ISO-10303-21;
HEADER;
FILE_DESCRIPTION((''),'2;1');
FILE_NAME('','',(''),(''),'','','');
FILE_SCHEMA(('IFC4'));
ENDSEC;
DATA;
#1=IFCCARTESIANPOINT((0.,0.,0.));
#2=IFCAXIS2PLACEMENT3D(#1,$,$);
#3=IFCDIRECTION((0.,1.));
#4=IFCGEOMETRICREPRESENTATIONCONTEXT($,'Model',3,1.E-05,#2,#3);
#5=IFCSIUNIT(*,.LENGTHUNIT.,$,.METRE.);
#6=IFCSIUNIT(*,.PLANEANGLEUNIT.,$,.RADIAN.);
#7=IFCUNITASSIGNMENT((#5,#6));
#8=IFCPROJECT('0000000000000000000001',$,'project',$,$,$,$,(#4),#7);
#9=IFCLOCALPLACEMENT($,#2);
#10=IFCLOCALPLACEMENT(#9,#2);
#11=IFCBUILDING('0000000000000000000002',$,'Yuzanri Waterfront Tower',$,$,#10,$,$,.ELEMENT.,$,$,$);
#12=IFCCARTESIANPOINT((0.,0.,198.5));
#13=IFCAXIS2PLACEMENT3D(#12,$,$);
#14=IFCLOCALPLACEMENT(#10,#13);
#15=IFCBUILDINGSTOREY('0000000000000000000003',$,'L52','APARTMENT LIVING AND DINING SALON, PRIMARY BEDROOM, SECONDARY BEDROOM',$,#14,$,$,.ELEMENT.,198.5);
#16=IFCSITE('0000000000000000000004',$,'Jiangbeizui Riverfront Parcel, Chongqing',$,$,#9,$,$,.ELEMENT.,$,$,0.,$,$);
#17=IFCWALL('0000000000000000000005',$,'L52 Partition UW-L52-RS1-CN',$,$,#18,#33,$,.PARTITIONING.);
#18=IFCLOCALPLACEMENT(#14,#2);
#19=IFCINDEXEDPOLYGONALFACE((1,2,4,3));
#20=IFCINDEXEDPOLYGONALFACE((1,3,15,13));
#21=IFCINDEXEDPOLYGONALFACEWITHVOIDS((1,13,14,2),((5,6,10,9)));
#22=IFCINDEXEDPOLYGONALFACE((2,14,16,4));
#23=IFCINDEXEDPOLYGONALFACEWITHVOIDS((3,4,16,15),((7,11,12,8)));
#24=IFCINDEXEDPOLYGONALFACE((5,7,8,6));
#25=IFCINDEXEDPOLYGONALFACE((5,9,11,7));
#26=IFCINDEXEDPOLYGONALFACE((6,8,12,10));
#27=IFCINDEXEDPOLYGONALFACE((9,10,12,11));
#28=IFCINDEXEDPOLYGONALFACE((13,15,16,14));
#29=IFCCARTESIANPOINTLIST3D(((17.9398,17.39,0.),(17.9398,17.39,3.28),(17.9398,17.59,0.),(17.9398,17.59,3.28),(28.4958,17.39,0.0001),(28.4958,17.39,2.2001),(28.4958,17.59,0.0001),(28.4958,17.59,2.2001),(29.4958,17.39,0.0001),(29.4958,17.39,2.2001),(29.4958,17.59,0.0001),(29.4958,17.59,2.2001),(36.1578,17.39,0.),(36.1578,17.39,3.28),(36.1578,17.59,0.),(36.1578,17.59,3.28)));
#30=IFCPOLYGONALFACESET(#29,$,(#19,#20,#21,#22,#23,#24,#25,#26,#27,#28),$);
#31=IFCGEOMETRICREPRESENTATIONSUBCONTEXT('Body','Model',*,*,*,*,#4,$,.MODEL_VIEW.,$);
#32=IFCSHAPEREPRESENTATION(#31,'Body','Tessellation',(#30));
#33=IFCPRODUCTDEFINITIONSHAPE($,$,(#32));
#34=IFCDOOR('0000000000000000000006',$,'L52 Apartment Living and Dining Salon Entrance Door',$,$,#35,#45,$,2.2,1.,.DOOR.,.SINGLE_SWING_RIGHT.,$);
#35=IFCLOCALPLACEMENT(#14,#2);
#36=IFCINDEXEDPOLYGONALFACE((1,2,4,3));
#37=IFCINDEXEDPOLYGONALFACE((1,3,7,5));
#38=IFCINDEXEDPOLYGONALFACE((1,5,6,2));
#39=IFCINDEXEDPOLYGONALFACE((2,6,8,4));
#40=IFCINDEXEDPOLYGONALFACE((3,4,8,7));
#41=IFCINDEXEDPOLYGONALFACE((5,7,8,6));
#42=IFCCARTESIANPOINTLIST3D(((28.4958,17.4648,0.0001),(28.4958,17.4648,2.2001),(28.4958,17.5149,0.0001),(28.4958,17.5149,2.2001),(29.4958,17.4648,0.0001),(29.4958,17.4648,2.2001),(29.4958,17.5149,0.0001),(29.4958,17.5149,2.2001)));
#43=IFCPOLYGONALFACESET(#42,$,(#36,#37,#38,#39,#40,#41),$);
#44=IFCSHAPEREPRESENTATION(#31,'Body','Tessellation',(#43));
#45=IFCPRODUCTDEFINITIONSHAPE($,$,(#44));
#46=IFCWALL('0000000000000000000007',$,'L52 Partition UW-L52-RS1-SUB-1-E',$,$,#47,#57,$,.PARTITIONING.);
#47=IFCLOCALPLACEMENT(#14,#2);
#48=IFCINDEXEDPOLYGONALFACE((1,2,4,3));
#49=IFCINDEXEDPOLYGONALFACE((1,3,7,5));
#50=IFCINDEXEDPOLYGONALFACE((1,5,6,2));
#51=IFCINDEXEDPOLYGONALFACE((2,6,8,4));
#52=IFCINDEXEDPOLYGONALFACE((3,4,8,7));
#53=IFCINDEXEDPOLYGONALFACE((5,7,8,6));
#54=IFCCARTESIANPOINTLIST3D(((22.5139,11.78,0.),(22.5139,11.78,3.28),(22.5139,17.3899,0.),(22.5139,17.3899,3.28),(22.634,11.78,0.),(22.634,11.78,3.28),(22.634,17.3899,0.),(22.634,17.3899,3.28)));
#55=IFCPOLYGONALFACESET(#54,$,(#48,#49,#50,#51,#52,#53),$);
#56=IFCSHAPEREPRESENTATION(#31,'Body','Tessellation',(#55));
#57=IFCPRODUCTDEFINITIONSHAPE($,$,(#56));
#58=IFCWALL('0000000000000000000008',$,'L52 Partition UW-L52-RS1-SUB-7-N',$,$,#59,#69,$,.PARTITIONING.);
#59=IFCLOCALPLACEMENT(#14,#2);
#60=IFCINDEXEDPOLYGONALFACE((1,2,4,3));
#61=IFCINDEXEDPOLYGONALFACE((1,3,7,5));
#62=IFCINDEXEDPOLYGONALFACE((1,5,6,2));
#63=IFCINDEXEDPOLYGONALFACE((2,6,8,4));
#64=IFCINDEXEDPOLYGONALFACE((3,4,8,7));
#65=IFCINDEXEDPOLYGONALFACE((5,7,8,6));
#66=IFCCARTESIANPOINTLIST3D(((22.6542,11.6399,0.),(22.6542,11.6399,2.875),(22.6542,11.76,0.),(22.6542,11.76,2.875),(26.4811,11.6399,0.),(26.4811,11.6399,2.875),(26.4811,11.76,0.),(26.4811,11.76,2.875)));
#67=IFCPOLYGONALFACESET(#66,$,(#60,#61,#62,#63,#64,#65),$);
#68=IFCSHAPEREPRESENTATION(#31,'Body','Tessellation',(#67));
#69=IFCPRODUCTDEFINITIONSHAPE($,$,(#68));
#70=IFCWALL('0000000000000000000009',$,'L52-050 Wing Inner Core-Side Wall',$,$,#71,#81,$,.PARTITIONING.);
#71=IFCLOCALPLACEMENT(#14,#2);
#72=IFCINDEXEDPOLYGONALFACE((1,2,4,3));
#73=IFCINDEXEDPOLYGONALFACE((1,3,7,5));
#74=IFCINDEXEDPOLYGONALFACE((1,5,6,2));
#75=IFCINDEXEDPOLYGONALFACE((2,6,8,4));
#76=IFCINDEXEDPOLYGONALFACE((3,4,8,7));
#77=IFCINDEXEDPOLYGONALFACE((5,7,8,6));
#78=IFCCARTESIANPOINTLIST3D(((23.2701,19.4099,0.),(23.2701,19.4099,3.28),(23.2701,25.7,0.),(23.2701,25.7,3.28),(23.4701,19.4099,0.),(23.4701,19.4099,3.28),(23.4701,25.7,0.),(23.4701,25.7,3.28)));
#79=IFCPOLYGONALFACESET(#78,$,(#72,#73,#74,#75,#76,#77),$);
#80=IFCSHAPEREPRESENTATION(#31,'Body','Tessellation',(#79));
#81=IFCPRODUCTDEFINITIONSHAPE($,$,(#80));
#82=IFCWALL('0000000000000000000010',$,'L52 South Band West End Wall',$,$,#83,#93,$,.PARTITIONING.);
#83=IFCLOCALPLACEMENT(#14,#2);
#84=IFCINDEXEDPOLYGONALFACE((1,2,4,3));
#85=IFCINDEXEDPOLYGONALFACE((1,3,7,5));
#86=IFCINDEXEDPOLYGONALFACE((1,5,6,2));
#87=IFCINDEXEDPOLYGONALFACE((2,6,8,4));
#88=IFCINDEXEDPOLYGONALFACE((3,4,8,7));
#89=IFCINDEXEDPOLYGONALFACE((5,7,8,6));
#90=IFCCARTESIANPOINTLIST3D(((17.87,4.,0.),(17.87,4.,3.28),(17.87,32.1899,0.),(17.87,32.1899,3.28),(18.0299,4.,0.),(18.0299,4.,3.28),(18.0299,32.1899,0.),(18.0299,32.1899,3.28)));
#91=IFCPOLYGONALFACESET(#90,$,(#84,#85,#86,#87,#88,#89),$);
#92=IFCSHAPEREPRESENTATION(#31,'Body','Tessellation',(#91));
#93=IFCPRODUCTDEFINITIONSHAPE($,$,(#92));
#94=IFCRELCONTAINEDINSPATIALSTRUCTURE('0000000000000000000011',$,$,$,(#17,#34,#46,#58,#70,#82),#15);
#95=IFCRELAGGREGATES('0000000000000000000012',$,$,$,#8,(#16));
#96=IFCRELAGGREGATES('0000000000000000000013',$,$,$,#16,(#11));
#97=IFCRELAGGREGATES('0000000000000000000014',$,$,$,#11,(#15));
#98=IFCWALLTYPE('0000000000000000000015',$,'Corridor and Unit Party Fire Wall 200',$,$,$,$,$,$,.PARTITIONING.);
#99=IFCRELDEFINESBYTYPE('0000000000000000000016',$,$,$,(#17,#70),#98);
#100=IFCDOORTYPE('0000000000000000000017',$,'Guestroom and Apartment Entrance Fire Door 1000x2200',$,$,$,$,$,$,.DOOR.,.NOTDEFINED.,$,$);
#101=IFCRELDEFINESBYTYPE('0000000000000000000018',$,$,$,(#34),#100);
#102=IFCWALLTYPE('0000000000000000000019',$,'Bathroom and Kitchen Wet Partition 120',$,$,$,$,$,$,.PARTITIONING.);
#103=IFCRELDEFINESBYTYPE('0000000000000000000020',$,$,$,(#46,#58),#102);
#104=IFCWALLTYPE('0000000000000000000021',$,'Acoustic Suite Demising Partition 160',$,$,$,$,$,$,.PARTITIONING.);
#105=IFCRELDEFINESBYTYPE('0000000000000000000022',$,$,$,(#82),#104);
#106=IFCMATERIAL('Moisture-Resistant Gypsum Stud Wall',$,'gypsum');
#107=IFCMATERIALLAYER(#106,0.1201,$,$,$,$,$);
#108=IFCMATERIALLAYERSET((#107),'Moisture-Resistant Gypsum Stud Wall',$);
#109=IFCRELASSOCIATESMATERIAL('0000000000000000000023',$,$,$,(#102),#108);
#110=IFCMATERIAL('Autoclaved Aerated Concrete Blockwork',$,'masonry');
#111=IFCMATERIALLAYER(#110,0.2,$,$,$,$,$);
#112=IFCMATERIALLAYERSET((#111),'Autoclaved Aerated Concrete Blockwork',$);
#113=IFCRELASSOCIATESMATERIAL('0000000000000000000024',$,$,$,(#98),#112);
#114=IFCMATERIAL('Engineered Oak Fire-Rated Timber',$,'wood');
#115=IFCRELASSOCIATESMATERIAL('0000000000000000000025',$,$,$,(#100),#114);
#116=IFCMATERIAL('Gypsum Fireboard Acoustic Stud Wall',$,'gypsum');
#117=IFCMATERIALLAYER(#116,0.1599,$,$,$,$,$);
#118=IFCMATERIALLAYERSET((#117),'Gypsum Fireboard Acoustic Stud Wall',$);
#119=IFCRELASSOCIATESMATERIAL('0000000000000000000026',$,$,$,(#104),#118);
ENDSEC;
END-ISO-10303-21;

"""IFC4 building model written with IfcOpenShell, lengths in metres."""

from ifc_helpers import new_model, si_unit, direction, frame, frame_2d, origin, place, context, subcontext, project, spatial, rectangle, extrude, source, transform, mapped, material, layer, layer_set, type_object, element, fill, save


model = new_model("IFC4")

# Units and contexts
model_context = context("Model", 3, precision=1e-05, world=origin(), true_north=direction((0.0, 1.0)))
body_context = subcontext(model_context, "Body", "Model", "MODEL_VIEW")
ifc_project = project(units=[si_unit("LENGTHUNIT", "METRE"), si_unit("PLANEANGLEUNIT", "RADIAN")], contexts=[model_context])

# Site, building, storey
site_placement = place(None, origin())
site = spatial("IfcSite", under=ifc_project, at=site_placement, Name="Jiangbeizui Riverfront Parcel, Chongqing", CompositionType="ELEMENT", RefElevation=0.0)
building_placement = place(site_placement, origin())
building = spatial("IfcBuilding", under=site, at=building_placement, Name="Yuzanri Waterfront Tower", CompositionType="ELEMENT")
storey_placement = place(building_placement, frame((0.0, 0.0, 198.5)))
storey = spatial("IfcBuildingStorey", under=building, at=storey_placement, Name="L52", Description="APARTMENT LIVING AND DINING SALON, PRIMARY BEDROOM, SECONDARY BEDROOM", CompositionType="ELEMENT", Elevation=198.5)

# Shared definitions
ifc_material_1 = material(Name="Moisture-Resistant Gypsum Stud Wall", Category="gypsum")
ifc_layer_1 = layer(ifc_material_1, 0.1201)
ifc_layer_set_1 = layer_set([ifc_layer_1], Name="Moisture-Resistant Gypsum Stud Wall")
wall_type_1 = type_object("IfcWallType", Name="Bathroom and Kitchen Wet Partition 120", PredefinedType="PARTITIONING", material=ifc_layer_set_1)

# Wall, opening, door
ifc_material_2 = material(Name="Autoclaved Aerated Concrete Blockwork", Category="masonry")
ifc_layer_2 = layer(ifc_material_2, 0.2)
ifc_layer_set_2 = layer_set([ifc_layer_2], Name="Autoclaved Aerated Concrete Blockwork")
wall_type_2 = type_object("IfcWallType", Name="Corridor and Unit Party Fire Wall 200", PredefinedType="PARTITIONING", material=ifc_layer_set_2)
wall_1_placement = place(storey_placement, frame((17.9399, 17.49, 0.0), z_axis=(0.0, 0.0, 1.0), x_axis=(1.0, 0.0, 0.0)))
wall_1 = element("IfcWall", 1, at=wall_1_placement, inside=storey, type_object=wall_type_2, Name="L52 Partition UW-L52-RS1-CN", PredefinedType="PARTITIONING", context=body_context, shape_type="SweptSolid", body=[
    extrude(rectangle(XDim=18.218, YDim=0.2, at=frame_2d((9.1089, 0.0))), origin(), (0.0, 0.0, 1.0), 3.28),
])
opening_1_placement = place(wall_1_placement, frame((10.5559, 0.0, 0.0)))
opening_1 = element("IfcOpeningElement", 2, at=opening_1_placement, cuts=wall_1, PredefinedType="OPENING", context=body_context, shape_type="SweptSolid", body=[
    extrude(rectangle(XDim=1.0, YDim=2.2, at=frame_2d((0.5, 1.1001))), frame((0.0, 0.1147, 0.0), z_axis=(0.0, -1.0, 0.0), x_axis=(1.0, 0.0, 0.0)), (0.0, 0.0, 1.0), 0.2297),
])
ifc_material_3 = material(Name="Engineered Oak Fire-Rated Timber", Category="wood")
door_type_1 = type_object("IfcDoorType", Name="Guestroom and Apartment Entrance Fire Door 1000x2200", OperationType="NOTDEFINED", PredefinedType="DOOR", material=ifc_material_3)
shared_shape_1 = source(origin(), body_context, "Body", "SweptSolid", [
    extrude(rectangle(XDim=1.0, YDim=2.2, at=frame_2d((0.5, 1.1001))), frame((0.0, 0.0249, 0.0), z_axis=(0.0, -1.0, 0.0), x_axis=(1.0, 0.0, 0.0)), (0.0, 0.0, 1.0), 0.05),
])
door_1_placement = place(opening_1_placement, origin())
door_1 = element("IfcDoor", 3, at=door_1_placement, inside=storey, type_object=door_type_1, Name="L52 Apartment Living and Dining Salon Entrance Door", OperationType="SINGLE_SWING_RIGHT", OverallHeight=2.2, OverallWidth=1.0, PredefinedType="DOOR", context=body_context, shape_type="MappedRepresentation", body=[
    mapped(shared_shape_1, transform((0.0, 0.0, 0.0), scale=1.0)),
])
fill(opening_1, door_1)

# Walls
shared_shape_2 = source(origin(), body_context, "Body", "SweptSolid", [
    extrude(rectangle(XDim=5.6099, YDim=0.1201, at=frame_2d((2.8049, 0.0))), origin(), (0.0, 0.0, 1.0), 3.28),
])
wall_2_placement = place(storey_placement, frame((22.574, 11.78, 0.0), z_axis=(0.0, 0.0, 1.0), x_axis=(0.0, 1.0, 0.0)))
element("IfcWall", 4, at=wall_2_placement, inside=storey, type_object=wall_type_1, Name="L52 Partition UW-L52-RS1-SUB-1-E", PredefinedType="PARTITIONING", context=body_context, shape_type="MappedRepresentation", body=[
    mapped(shared_shape_2, transform((0.0, 0.0, 0.0), scale=1.0)),
])
shared_shape_3 = source(origin(), body_context, "Body", "SweptSolid", [
    extrude(rectangle(XDim=3.8269, YDim=0.1201, at=frame_2d((1.9136, 0.0))), origin(), (0.0, 0.0, 1.0), 2.875),
])
wall_3_placement = place(storey_placement, frame((22.6541, 11.7, 0.0), z_axis=(0.0, 0.0, 1.0), x_axis=(1.0, 0.0, 0.0)))
element("IfcWall", 5, at=wall_3_placement, inside=storey, type_object=wall_type_1, Name="L52 Partition UW-L52-RS1-SUB-7-N", PredefinedType="PARTITIONING", context=body_context, shape_type="MappedRepresentation", body=[
    mapped(shared_shape_3, transform((0.0, 0.0, 0.0), scale=1.0)),
])
shared_shape_4 = source(origin(), body_context, "Body", "SweptSolid", [
    extrude(rectangle(XDim=6.29, YDim=0.2, at=frame_2d((3.145, 0.0))), origin(), (0.0, 0.0, 1.0), 3.28),
])
wall_4_placement = place(storey_placement, frame((23.3701, 19.4099, 0.0), z_axis=(0.0, 0.0, 1.0), x_axis=(0.0, 1.0, 0.0)))
element("IfcWall", 6, at=wall_4_placement, inside=storey, type_object=wall_type_2, Name="L52-050 Wing Inner Core-Side Wall", PredefinedType="PARTITIONING", context=body_context, shape_type="MappedRepresentation", body=[
    mapped(shared_shape_4, transform((0.0, 0.0, 0.0), scale=1.0)),
])
ifc_material_4 = material(Name="Gypsum Fireboard Acoustic Stud Wall", Category="gypsum")
ifc_layer_3 = layer(ifc_material_4, 0.1599)
ifc_layer_set_3 = layer_set([ifc_layer_3], Name="Gypsum Fireboard Acoustic Stud Wall")
wall_type_3 = type_object("IfcWallType", Name="Acoustic Suite Demising Partition 160", PredefinedType="PARTITIONING", material=ifc_layer_set_3)
shared_shape_5 = source(origin(), body_context, "Body", "SweptSolid", [
    extrude(rectangle(XDim=28.1899, YDim=0.1599, at=frame_2d((14.095, 0.0))), origin(), (0.0, 0.0, 1.0), 3.28),
])
wall_5_placement = place(storey_placement, frame((17.95, 4.0, 0.0), z_axis=(0.0, 0.0, 1.0), x_axis=(0.0, 1.0, 0.0)))
element("IfcWall", 7, at=wall_5_placement, inside=storey, type_object=wall_type_3, Name="L52 South Band West End Wall", PredefinedType="PARTITIONING", context=body_context, shape_type="MappedRepresentation", body=[
    mapped(shared_shape_5, transform((0.0, 0.0, 0.0), scale=1.0)),
])

save(model, "model.ifc")
